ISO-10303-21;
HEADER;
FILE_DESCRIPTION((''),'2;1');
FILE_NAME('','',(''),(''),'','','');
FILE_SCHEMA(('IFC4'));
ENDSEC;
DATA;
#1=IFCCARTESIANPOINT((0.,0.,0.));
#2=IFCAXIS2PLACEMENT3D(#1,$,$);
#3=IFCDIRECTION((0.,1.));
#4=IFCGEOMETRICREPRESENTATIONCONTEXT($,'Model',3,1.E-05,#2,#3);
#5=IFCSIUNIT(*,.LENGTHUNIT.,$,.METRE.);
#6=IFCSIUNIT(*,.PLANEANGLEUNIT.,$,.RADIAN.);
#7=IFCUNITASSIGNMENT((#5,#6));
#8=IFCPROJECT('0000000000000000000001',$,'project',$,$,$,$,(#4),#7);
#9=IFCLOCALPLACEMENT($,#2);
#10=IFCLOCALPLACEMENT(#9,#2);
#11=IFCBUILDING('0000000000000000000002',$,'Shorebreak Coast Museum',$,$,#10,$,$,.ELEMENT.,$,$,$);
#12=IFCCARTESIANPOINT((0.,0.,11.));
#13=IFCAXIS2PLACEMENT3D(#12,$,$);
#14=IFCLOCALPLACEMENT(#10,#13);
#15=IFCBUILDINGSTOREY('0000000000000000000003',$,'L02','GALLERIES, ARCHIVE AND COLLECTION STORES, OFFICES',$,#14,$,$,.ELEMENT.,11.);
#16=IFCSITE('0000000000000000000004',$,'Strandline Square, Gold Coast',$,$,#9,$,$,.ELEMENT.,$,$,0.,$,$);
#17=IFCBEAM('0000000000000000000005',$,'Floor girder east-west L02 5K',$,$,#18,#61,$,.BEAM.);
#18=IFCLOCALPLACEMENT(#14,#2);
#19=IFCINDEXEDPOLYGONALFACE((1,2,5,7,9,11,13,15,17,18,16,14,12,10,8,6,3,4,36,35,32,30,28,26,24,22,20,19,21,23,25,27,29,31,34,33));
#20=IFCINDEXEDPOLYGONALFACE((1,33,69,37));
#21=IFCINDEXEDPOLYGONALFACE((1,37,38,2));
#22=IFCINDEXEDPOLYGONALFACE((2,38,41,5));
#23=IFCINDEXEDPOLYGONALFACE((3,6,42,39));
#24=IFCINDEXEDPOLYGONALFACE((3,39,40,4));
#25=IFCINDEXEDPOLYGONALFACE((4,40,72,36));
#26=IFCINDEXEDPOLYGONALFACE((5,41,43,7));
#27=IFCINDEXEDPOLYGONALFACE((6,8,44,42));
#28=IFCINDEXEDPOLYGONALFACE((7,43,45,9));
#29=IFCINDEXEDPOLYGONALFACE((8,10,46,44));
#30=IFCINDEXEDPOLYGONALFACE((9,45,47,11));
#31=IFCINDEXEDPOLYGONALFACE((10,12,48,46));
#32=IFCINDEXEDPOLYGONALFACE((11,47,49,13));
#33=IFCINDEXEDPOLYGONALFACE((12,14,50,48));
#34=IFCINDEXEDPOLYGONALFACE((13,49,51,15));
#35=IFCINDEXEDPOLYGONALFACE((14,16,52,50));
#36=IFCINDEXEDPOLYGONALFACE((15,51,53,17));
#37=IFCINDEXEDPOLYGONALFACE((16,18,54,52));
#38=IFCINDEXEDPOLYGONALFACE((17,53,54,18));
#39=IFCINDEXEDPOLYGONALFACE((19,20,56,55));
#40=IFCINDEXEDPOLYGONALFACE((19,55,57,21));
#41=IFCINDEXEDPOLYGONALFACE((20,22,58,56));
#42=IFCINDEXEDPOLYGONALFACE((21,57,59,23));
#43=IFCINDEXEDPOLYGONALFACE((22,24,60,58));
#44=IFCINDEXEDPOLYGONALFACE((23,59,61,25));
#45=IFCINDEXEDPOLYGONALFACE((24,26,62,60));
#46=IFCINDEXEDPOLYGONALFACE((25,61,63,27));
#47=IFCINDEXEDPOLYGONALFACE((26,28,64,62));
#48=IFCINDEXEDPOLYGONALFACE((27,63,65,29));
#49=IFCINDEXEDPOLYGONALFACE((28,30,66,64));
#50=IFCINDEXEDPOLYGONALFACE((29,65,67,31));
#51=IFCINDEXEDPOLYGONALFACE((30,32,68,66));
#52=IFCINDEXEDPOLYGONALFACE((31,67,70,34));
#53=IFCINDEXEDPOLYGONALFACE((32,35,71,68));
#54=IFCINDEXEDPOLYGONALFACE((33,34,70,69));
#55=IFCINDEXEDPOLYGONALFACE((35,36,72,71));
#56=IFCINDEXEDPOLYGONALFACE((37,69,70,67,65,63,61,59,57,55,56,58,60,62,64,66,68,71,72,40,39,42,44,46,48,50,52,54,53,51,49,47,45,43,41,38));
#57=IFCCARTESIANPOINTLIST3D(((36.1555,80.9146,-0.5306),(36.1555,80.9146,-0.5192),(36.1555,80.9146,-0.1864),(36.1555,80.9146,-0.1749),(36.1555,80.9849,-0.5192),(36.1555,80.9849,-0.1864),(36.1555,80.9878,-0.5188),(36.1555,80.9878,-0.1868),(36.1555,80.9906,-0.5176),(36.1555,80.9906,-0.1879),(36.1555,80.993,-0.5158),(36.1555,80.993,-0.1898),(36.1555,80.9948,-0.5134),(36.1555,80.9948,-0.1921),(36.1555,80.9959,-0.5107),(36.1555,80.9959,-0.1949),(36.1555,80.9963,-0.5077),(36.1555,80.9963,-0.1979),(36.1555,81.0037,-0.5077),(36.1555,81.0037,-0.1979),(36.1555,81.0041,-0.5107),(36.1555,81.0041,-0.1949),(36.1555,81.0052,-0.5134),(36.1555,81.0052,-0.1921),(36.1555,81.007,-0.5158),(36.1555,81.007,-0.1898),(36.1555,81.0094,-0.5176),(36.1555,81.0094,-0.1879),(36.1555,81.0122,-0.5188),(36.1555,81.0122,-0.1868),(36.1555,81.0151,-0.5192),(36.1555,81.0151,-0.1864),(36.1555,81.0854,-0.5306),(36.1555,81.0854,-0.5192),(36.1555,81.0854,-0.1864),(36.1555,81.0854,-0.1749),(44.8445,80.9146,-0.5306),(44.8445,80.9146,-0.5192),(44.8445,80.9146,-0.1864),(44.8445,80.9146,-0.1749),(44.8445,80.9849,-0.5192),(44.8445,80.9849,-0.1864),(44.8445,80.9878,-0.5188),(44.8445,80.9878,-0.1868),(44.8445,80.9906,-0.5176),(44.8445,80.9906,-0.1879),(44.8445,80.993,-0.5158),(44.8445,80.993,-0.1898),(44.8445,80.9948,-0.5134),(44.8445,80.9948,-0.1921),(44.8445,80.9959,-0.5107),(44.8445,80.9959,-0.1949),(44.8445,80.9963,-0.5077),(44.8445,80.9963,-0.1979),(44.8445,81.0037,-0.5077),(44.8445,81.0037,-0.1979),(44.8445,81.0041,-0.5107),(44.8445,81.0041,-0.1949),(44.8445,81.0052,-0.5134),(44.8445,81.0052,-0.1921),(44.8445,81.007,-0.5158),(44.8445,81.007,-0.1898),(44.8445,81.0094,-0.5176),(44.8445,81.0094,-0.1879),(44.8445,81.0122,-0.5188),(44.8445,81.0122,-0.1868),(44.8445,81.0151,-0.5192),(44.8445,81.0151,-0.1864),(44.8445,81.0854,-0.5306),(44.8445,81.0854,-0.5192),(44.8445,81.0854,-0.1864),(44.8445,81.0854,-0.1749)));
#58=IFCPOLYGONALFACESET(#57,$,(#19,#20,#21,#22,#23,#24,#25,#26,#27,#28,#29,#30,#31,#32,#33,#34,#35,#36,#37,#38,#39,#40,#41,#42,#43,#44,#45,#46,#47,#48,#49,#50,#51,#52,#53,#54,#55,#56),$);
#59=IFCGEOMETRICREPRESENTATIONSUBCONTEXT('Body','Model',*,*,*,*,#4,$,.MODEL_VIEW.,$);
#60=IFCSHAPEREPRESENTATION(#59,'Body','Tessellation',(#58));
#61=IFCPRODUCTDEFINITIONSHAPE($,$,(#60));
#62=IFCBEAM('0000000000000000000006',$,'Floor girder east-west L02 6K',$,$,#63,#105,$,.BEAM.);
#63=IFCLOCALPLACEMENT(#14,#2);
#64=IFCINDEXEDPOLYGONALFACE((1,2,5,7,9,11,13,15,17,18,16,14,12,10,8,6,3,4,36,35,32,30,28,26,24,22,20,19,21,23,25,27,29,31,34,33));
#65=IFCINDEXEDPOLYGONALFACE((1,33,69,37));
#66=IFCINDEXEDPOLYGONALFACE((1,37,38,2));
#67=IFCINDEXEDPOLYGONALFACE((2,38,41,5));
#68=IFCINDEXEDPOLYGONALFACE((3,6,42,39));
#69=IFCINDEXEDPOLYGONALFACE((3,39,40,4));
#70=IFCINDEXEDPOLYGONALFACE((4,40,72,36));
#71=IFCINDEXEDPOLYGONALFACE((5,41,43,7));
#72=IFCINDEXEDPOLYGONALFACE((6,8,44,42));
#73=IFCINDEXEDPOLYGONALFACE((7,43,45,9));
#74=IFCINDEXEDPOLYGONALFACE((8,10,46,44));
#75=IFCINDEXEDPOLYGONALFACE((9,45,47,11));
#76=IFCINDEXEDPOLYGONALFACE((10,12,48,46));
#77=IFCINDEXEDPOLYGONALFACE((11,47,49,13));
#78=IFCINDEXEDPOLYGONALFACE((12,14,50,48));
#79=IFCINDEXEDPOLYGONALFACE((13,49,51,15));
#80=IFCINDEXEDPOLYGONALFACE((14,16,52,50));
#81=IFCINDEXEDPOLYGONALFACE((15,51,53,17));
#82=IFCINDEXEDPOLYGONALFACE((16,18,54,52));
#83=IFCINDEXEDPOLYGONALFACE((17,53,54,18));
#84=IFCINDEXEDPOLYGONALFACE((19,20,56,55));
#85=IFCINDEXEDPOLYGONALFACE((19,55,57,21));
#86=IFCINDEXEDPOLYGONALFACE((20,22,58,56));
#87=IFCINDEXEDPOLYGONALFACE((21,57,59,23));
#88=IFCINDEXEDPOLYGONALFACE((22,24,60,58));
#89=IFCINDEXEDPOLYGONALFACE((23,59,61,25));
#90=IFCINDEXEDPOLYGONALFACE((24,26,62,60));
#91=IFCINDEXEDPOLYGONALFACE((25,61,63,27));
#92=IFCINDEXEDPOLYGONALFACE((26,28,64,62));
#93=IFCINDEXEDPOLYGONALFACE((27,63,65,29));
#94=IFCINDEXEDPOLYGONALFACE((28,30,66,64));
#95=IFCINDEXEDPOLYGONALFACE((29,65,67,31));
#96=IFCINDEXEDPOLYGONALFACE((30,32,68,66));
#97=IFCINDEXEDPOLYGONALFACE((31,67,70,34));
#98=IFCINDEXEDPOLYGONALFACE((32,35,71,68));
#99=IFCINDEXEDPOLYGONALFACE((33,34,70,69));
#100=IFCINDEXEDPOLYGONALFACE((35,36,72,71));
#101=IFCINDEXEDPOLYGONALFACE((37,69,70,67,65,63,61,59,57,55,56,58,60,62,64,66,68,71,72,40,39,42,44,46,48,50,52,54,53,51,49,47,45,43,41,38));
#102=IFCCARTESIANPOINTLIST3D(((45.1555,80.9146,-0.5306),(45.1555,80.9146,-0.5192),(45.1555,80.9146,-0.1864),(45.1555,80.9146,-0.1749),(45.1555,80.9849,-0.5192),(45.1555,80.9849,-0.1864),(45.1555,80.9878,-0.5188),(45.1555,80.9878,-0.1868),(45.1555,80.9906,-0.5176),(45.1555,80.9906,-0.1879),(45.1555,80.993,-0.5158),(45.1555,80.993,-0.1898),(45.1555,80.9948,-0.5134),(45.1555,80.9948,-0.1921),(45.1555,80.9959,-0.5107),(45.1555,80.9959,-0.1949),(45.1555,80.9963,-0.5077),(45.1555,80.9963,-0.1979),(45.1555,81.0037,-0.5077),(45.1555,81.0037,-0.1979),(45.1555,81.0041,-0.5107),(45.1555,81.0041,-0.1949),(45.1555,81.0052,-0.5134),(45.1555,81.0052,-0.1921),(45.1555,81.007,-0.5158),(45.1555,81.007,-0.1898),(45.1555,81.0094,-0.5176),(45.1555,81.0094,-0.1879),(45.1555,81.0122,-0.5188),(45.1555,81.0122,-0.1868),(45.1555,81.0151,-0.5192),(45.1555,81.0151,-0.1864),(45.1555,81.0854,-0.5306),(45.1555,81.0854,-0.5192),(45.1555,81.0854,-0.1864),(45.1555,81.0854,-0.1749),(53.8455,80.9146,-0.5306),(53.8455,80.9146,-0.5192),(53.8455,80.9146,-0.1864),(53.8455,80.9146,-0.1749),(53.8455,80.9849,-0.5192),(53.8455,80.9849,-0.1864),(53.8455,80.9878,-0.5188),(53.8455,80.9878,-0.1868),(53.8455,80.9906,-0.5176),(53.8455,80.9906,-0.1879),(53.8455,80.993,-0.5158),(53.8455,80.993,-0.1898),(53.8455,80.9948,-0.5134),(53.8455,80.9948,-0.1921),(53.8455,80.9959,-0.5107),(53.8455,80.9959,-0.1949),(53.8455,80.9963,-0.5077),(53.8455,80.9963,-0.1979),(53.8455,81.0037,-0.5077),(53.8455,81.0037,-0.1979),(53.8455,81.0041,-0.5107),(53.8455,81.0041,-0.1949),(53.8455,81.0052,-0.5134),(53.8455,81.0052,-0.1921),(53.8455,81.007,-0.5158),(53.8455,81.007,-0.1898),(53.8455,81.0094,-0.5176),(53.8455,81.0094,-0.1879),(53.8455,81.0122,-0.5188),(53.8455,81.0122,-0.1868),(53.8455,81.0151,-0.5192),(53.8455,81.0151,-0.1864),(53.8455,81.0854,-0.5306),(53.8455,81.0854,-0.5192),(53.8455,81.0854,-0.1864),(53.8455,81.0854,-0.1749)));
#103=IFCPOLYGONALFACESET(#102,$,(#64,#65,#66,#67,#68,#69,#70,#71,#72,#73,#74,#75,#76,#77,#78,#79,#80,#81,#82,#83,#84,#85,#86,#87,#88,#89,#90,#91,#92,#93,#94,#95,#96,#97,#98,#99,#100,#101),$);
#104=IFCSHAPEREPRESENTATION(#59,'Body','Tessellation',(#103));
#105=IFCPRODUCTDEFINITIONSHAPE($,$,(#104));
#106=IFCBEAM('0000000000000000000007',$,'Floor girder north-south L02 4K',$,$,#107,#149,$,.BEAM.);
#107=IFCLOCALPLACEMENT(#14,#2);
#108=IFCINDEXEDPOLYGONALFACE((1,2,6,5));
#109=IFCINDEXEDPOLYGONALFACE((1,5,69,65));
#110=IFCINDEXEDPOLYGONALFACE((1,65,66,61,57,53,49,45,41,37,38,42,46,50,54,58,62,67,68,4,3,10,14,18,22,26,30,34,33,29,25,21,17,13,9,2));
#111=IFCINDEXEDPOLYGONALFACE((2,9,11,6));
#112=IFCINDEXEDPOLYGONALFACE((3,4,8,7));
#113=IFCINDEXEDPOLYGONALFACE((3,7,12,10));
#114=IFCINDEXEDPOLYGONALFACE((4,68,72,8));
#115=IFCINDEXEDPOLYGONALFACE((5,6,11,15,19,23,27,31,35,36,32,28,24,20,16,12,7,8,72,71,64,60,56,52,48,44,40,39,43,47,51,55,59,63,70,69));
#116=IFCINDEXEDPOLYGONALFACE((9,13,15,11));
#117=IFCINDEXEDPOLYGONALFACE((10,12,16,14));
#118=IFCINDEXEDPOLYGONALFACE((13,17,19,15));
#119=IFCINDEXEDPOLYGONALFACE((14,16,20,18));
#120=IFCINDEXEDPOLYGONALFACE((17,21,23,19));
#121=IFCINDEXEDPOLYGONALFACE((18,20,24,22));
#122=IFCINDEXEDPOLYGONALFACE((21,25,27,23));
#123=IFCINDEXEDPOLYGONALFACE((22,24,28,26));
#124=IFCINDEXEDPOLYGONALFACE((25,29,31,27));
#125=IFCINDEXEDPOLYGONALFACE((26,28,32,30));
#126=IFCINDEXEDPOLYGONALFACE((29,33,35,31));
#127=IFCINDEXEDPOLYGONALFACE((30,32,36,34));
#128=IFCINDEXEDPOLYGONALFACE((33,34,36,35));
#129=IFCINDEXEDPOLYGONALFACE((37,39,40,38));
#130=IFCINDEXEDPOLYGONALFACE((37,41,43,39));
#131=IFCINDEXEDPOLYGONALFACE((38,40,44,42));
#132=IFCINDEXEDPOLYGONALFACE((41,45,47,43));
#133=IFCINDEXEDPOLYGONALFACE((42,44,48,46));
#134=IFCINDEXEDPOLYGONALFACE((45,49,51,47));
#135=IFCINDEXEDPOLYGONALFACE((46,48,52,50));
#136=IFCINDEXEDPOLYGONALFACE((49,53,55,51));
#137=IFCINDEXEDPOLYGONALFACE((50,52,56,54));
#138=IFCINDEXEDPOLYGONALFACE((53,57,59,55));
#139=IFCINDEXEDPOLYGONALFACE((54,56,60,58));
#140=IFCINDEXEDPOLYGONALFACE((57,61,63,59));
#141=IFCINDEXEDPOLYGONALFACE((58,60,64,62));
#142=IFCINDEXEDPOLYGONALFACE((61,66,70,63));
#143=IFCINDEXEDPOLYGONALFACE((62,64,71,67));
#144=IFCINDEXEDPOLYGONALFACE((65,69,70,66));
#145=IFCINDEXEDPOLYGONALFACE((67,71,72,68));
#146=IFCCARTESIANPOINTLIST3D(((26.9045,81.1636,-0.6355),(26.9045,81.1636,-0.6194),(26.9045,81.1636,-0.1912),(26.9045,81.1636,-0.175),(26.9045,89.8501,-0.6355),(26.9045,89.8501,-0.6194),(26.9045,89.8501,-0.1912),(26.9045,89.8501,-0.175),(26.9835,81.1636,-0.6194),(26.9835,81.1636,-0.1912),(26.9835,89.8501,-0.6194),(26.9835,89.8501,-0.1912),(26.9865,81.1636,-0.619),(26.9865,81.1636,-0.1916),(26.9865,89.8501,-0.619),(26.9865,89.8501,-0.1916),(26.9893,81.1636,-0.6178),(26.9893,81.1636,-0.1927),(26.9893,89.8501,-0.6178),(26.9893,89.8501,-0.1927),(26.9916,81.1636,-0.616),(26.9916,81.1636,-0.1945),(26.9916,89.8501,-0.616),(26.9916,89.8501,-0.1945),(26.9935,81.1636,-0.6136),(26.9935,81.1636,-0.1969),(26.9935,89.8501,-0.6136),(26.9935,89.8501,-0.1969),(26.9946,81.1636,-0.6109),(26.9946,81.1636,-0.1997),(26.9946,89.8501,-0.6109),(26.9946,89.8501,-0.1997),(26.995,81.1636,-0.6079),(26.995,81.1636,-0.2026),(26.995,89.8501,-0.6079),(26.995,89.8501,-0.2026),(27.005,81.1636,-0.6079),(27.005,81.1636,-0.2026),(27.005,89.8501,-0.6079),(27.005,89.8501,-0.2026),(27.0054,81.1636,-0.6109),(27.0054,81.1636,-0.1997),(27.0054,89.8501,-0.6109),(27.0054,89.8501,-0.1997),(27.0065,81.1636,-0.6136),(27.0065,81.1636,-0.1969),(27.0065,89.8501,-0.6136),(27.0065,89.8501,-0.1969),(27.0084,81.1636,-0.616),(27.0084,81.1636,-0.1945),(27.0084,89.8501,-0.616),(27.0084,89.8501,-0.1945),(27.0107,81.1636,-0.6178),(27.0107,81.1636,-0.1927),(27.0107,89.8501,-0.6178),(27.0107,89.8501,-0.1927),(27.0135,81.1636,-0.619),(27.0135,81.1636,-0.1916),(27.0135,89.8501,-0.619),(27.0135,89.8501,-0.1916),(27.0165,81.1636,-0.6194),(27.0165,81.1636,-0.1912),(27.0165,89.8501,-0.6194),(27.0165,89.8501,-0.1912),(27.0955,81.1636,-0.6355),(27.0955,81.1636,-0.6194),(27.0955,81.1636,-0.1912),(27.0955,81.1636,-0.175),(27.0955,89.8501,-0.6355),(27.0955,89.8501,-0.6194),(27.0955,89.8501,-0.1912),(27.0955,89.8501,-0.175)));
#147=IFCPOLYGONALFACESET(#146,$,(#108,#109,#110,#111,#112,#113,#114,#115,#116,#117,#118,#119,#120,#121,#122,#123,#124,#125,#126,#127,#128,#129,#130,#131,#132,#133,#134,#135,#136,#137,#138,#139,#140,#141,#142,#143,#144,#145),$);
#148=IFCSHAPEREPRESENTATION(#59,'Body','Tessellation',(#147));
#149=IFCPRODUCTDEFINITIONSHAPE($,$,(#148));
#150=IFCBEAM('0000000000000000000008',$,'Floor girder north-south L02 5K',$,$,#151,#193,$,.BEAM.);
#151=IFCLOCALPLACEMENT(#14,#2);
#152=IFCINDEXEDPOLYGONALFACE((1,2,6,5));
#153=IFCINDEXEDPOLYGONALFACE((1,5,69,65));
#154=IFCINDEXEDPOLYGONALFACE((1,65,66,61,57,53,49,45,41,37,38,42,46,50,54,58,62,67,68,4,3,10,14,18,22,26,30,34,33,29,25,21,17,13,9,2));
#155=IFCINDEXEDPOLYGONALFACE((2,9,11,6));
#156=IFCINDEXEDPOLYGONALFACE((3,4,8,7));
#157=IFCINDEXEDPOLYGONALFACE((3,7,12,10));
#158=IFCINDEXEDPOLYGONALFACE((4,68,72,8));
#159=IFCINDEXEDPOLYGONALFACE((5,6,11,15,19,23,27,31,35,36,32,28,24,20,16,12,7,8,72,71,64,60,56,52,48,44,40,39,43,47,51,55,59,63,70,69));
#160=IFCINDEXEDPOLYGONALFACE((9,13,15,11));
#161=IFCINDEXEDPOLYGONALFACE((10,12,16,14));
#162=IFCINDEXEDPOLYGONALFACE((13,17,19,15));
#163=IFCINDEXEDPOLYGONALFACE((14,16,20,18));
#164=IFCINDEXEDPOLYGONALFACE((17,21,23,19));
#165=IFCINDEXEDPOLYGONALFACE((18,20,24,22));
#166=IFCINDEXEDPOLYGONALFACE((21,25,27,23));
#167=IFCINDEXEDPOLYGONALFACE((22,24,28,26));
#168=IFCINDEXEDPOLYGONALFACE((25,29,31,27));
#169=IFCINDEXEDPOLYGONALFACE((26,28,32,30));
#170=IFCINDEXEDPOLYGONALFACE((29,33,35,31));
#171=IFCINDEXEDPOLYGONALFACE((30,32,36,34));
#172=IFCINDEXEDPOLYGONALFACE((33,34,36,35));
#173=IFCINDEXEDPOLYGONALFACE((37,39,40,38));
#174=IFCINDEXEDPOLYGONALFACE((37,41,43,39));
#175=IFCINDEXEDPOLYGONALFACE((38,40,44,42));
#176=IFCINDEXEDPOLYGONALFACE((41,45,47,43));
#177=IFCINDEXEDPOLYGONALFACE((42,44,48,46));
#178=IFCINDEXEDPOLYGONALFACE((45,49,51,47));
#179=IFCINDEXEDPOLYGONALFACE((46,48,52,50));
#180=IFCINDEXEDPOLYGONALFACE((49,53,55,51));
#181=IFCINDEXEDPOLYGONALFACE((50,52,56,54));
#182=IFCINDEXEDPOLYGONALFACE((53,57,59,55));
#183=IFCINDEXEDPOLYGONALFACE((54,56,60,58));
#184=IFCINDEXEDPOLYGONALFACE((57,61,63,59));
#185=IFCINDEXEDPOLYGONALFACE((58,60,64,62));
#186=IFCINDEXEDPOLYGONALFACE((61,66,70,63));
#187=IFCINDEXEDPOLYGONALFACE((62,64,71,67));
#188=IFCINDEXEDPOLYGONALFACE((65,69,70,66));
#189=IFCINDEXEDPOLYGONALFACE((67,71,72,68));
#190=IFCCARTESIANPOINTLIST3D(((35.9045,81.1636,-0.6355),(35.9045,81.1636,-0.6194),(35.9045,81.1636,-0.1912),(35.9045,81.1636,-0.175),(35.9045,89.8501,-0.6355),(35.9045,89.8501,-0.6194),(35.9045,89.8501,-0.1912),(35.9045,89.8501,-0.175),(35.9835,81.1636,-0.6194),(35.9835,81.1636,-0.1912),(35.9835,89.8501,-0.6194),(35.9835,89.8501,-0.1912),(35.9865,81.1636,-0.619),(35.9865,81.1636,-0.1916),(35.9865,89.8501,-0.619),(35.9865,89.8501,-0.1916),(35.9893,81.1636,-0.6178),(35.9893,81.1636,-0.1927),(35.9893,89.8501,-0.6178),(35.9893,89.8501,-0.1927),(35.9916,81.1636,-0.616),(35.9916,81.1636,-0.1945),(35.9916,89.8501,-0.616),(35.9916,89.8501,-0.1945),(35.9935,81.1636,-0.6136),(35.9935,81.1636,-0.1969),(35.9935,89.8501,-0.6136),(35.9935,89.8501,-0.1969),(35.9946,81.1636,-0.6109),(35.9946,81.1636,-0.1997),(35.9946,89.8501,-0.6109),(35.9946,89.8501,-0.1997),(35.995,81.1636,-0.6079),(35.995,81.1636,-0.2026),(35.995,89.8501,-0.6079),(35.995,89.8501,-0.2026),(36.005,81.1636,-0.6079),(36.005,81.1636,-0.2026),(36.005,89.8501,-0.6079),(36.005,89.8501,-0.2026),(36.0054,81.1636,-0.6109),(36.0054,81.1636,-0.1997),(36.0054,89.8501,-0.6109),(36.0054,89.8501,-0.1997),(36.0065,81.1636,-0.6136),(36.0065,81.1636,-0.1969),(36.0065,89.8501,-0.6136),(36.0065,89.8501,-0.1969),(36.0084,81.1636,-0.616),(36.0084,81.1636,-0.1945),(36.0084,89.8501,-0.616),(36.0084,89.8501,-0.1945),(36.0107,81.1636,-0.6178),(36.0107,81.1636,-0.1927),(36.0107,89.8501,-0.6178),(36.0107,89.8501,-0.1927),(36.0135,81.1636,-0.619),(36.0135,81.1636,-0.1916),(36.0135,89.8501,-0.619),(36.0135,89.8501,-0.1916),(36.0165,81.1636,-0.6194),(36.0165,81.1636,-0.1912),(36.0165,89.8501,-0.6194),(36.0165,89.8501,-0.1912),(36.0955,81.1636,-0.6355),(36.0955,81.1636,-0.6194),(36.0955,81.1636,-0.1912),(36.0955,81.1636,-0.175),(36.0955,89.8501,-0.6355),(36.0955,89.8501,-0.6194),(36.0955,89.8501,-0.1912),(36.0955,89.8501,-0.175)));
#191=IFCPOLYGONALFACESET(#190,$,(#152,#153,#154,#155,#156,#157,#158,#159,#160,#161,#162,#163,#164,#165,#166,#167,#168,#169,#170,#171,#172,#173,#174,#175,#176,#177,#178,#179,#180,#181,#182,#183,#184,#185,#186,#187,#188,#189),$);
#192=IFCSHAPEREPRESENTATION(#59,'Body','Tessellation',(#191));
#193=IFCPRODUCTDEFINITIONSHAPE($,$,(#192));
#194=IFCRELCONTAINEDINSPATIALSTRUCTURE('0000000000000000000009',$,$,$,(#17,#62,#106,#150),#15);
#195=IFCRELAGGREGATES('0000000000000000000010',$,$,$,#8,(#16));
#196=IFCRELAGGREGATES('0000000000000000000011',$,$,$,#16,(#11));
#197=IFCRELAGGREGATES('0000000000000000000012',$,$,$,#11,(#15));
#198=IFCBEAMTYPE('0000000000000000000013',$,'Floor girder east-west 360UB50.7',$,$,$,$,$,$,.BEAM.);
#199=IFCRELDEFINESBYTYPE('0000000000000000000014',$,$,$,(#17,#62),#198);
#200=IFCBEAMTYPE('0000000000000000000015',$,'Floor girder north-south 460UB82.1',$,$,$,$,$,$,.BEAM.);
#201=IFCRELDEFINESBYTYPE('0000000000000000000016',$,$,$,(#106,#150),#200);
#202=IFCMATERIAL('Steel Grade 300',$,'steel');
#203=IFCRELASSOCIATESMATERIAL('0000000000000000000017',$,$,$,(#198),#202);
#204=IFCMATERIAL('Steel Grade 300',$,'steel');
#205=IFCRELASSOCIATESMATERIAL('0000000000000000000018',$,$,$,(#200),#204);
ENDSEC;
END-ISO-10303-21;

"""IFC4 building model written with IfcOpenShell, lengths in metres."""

from ifc_helpers import new_model, si_unit, direction, frame, origin, origin_2d, place, context, subcontext, project, spatial, i_section, extrude, material, material_profile, profile_set, type_object, element, save


model = new_model("IFC4")

# Units and contexts
model_context = context("Model", 3, precision=1e-05, world=origin(), true_north=direction((0.0, 1.0)))
body_context = subcontext(model_context, "Body", "Model", "MODEL_VIEW")
ifc_project = project(units=[si_unit("LENGTHUNIT", "METRE"), si_unit("PLANEANGLEUNIT", "RADIAN")], contexts=[model_context])

# Site, building, storey
site_placement = place(None, origin())
site = spatial("IfcSite", under=ifc_project, at=site_placement, Name="Strandline Square, Gold Coast", CompositionType="ELEMENT", RefElevation=0.0)
building_placement = place(site_placement, origin())
building = spatial("IfcBuilding", under=site, at=building_placement, Name="Shorebreak Coast Museum", CompositionType="ELEMENT")
storey_placement = place(building_placement, frame((0.0, 0.0, 11.0)))
storey = spatial("IfcBuildingStorey", under=building, at=storey_placement, Name="L02", Description="GALLERIES, ARCHIVE AND COLLECTION STORES, OFFICES", CompositionType="ELEMENT", Elevation=11.0)

# Beams
ifc_material_1 = material(Name="Steel Grade 300", Category="steel")
ifc_material_profile_1 = material_profile(ifc_material_1, i_section(OverallWidth=0.1709, OverallDepth=0.3557, WebThickness=0.0073, FlangeThickness=0.0115, FilletRadius=0.0115, at=origin_2d()), Name="360UB50.7")
ifc_profile_set_1 = profile_set([ifc_material_profile_1], Name="Steel Grade 300")
beam_type_1 = type_object("IfcBeamType", Name="Floor girder east-west 360UB50.7", PredefinedType="BEAM", material=ifc_profile_set_1)
for number, where, z_axis, x_axis, name in (
    (1, (36.1555, 81.0, -0.3528), (1.0, 0.0, 0.0), (0.0, 1.0, 0.0), "Floor girder east-west L02 5K"),
):
    element("IfcBeam", number, at=place(storey_placement, frame(where, z_axis=z_axis, x_axis=x_axis)), inside=storey, type_object=beam_type_1, Name=name, PredefinedType="BEAM", context=body_context, shape_type="SweptSolid", body=[
        extrude(i_section(OverallWidth=0.1709, OverallDepth=0.3557, WebThickness=0.0073, FlangeThickness=0.0115, FilletRadius=0.0115, at=origin_2d()), origin(), (0.0, 0.0, 1.0), 8.689),
    ])
beam_1_placement = place(storey_placement, frame((45.1555, 81.0, -0.3528), z_axis=(1.0, 0.0, 0.0), x_axis=(0.0, 1.0, 0.0)))
element("IfcBeam", 2, at=beam_1_placement, inside=storey, type_object=beam_type_1, Name="Floor girder east-west L02 6K", PredefinedType="BEAM", context=body_context, shape_type="SweptSolid", body=[
    extrude(i_section(OverallWidth=0.1709, OverallDepth=0.3557, WebThickness=0.0073, FlangeThickness=0.0115, FilletRadius=0.0115, at=origin_2d()), origin(), (0.0, 0.0, 1.0), 8.6899),
])
ifc_material_2 = material(Name="Steel Grade 300", Category="steel")
ifc_material_profile_2 = material_profile(ifc_material_2, i_section(OverallWidth=0.1909, OverallDepth=0.4604, WebThickness=0.01, FlangeThickness=0.0161, FilletRadius=0.0115, at=origin_2d()), Name="460UB82.1")
ifc_profile_set_2 = profile_set([ifc_material_profile_2], Name="Steel Grade 300")
beam_type_2 = type_object("IfcBeamType", Name="Floor girder north-south 460UB82.1", PredefinedType="BEAM", material=ifc_profile_set_2)
for number, where, z_axis, x_axis, name in (
    (3, (27.0, 81.1636, -0.4053), (0.0, 1.0, 0.0), (-1.0, 0.0, 0.0), "Floor girder north-south L02 4K"),
    (4, (36.0, 81.1636, -0.4053), (0.0, 1.0, 0.0), (-1.0, 0.0, 0.0), "Floor girder north-south L02 5K"),
):
    element("IfcBeam", number, at=place(storey_placement, frame(where, z_axis=z_axis, x_axis=x_axis)), inside=storey, type_object=beam_type_2, Name=name, PredefinedType="BEAM", context=body_context, shape_type="SweptSolid", body=[
        extrude(i_section(OverallWidth=0.1909, OverallDepth=0.4604, WebThickness=0.01, FlangeThickness=0.0161, FilletRadius=0.0115, at=origin_2d()), origin(), (0.0, 0.0, 1.0), 8.6865),
    ])

save(model, "model.ifc")
